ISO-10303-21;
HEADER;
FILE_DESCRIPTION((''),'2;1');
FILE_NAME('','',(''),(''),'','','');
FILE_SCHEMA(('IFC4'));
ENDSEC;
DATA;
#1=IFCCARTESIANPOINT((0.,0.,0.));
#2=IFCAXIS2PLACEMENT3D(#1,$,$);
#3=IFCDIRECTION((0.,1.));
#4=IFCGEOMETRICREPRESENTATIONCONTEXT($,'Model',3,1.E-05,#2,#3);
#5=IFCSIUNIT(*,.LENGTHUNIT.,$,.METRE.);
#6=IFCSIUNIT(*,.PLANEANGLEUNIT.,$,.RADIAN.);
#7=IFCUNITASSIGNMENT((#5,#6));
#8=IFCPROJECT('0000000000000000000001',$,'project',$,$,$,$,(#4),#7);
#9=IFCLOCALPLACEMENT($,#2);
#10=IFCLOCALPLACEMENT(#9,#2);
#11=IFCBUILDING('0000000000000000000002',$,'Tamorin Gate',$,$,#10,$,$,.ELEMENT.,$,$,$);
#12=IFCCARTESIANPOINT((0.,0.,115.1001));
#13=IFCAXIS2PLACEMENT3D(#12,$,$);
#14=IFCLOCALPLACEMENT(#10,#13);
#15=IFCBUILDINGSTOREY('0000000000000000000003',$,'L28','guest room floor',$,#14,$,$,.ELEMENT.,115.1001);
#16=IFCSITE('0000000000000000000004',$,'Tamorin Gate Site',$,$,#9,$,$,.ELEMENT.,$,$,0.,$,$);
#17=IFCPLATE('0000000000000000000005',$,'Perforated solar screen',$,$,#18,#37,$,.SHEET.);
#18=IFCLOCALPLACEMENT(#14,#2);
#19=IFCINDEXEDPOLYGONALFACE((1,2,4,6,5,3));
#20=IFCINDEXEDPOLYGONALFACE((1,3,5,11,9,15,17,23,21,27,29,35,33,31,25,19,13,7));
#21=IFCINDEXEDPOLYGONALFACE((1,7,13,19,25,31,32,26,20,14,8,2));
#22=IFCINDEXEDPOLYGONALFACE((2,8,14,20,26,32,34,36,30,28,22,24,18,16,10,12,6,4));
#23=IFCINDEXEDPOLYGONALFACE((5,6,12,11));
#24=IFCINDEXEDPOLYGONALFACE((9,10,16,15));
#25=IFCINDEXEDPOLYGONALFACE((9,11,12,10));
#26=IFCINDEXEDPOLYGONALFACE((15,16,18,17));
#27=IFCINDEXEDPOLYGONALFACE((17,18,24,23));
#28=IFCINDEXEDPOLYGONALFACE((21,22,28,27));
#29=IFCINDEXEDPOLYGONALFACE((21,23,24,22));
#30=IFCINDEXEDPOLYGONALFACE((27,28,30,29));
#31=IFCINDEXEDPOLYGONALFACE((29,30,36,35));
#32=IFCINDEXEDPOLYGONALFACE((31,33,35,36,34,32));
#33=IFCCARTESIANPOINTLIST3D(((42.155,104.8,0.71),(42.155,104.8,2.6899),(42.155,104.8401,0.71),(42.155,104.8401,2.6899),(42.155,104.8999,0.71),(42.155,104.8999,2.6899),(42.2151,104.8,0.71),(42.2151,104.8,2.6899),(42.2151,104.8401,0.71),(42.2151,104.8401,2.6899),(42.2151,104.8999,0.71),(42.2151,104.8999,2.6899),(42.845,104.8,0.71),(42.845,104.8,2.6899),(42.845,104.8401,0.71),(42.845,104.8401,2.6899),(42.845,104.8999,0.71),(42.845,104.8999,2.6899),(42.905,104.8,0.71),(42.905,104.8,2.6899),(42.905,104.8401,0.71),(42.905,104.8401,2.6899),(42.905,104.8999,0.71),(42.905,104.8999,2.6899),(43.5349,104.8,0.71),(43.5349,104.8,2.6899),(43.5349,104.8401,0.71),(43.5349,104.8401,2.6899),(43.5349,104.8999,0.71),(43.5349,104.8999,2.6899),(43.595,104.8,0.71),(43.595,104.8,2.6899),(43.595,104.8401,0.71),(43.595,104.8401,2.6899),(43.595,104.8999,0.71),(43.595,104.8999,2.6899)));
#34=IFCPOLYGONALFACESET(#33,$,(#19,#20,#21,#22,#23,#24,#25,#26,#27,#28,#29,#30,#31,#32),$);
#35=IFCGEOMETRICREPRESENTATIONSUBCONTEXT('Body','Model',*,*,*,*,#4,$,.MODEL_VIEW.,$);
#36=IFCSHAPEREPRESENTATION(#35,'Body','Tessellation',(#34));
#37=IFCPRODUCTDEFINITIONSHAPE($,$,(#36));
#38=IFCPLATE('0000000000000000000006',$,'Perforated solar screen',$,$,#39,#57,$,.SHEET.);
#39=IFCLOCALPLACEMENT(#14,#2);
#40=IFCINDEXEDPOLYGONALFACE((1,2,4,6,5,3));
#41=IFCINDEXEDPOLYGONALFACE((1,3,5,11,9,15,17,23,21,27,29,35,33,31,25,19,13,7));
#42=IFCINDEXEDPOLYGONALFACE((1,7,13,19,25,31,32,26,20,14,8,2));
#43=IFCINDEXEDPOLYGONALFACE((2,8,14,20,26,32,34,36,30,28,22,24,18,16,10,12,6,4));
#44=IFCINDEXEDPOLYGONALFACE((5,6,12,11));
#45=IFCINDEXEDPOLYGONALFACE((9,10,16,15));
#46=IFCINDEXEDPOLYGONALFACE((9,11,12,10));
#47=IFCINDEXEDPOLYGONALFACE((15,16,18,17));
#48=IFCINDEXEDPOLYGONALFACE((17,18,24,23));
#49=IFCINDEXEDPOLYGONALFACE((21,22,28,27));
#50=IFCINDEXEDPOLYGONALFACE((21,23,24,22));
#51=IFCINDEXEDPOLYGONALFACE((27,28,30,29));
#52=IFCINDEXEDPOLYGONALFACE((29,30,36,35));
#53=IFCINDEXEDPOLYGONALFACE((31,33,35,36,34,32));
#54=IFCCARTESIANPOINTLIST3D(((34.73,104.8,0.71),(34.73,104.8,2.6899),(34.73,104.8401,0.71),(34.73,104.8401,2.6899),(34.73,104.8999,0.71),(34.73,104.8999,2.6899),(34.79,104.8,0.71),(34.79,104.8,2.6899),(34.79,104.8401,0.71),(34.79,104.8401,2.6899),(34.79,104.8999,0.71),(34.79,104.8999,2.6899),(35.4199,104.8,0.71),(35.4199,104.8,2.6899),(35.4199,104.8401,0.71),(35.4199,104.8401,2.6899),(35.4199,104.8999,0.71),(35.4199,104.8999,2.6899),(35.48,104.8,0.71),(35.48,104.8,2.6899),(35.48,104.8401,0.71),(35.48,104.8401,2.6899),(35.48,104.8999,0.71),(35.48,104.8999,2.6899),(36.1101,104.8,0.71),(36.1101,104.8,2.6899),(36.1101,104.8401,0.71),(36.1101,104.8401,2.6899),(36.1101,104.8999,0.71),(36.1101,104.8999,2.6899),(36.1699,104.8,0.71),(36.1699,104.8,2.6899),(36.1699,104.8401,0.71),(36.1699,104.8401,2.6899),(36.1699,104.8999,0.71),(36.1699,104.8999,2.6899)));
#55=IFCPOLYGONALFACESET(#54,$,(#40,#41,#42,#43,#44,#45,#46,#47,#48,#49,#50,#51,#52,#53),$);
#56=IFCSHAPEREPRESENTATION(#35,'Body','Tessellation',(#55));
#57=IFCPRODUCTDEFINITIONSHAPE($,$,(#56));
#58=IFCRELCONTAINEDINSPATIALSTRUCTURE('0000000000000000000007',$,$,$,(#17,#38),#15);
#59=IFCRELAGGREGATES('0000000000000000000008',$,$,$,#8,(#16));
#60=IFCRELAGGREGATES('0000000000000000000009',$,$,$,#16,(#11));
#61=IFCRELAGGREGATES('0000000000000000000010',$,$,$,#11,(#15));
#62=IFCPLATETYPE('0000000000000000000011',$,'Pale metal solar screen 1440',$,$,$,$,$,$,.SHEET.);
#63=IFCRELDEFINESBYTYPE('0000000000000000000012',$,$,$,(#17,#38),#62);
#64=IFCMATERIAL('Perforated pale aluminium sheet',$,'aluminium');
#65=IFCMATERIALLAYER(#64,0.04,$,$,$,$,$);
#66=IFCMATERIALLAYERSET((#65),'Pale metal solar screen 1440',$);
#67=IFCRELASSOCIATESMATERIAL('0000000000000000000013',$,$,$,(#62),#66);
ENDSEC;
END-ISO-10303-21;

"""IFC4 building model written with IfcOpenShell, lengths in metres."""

from ifc_helpers import new_model, si_unit, direction, frame, origin, place, context, subcontext, project, spatial, polyline, outline, extrude, material, layer, layer_set, type_object, element, save


model = new_model("IFC4")

# Units and contexts
model_context = context("Model", 3, precision=1e-05, world=origin(), true_north=direction((0.0, 1.0)))
body_context = subcontext(model_context, "Body", "Model", "MODEL_VIEW")
ifc_project = project(units=[si_unit("LENGTHUNIT", "METRE"), si_unit("PLANEANGLEUNIT", "RADIAN")], contexts=[model_context])

# Site, building, storey
site_placement = place(None, origin())
site = spatial("IfcSite", under=ifc_project, at=site_placement, Name="Tamorin Gate Site", CompositionType="ELEMENT", RefElevation=0.0)
building_placement = place(site_placement, origin())
building = spatial("IfcBuilding", under=site, at=building_placement, Name="Tamorin Gate", CompositionType="ELEMENT")
storey_placement = place(building_placement, frame((0.0, 0.0, 115.1001)))
storey = spatial("IfcBuildingStorey", under=building, at=storey_placement, Name="L28", Description="guest room floor", CompositionType="ELEMENT", Elevation=115.1001)

# Plates
ifc_material = material(Name="Perforated pale aluminium sheet", Category="aluminium")
ifc_layer = layer(ifc_material, 0.04)
ifc_layer_set = layer_set([ifc_layer], Name="Pale metal solar screen 1440")
plate_type = type_object("IfcPlateType", Name="Pale metal solar screen 1440", PredefinedType="SHEET", material=ifc_layer_set)
plate_1_placement = place(storey_placement, frame((0.0, 0.0, 0.71)))
element("IfcPlate", 1, at=plate_1_placement, inside=storey, type_object=plate_type, Name="Perforated solar screen", PredefinedType="SHEET", context=body_context, shape_type="SweptSolid", body=[
    extrude(outline(polyline([(43.595, 104.8401), (43.595, 104.8), (43.5349, 104.8), (42.905, 104.8), (42.845, 104.8), (42.2151, 104.8), (42.155, 104.8), (42.155, 104.8401), (42.155, 104.8999), (42.2151, 104.8999), (42.2151, 104.8401), (42.845, 104.8401), (42.845, 104.8999), (42.905, 104.8999), (42.905, 104.8401), (43.5349, 104.8401), (43.5349, 104.8999), (43.595, 104.8999), (43.595, 104.8401)])), origin(), (0.0, 0.0, 1.0), 1.98),
])
plate_2_placement = place(storey_placement, frame((0.0, 0.0, 0.71)))
element("IfcPlate", 2, at=plate_2_placement, inside=storey, type_object=plate_type, Name="Perforated solar screen", PredefinedType="SHEET", context=body_context, shape_type="SweptSolid", body=[
    extrude(outline(polyline([(36.1699, 104.8401), (36.1699, 104.8), (36.1101, 104.8), (35.48, 104.8), (35.4199, 104.8), (34.79, 104.8), (34.73, 104.8), (34.73, 104.8401), (34.73, 104.8999), (34.79, 104.8999), (34.79, 104.8401), (35.4199, 104.8401), (35.4199, 104.8999), (35.48, 104.8999), (35.48, 104.8401), (36.1101, 104.8401), (36.1101, 104.8999), (36.1699, 104.8999), (36.1699, 104.8401)])), origin(), (0.0, 0.0, 1.0), 1.98),
])

save(model, "model.ifc")
